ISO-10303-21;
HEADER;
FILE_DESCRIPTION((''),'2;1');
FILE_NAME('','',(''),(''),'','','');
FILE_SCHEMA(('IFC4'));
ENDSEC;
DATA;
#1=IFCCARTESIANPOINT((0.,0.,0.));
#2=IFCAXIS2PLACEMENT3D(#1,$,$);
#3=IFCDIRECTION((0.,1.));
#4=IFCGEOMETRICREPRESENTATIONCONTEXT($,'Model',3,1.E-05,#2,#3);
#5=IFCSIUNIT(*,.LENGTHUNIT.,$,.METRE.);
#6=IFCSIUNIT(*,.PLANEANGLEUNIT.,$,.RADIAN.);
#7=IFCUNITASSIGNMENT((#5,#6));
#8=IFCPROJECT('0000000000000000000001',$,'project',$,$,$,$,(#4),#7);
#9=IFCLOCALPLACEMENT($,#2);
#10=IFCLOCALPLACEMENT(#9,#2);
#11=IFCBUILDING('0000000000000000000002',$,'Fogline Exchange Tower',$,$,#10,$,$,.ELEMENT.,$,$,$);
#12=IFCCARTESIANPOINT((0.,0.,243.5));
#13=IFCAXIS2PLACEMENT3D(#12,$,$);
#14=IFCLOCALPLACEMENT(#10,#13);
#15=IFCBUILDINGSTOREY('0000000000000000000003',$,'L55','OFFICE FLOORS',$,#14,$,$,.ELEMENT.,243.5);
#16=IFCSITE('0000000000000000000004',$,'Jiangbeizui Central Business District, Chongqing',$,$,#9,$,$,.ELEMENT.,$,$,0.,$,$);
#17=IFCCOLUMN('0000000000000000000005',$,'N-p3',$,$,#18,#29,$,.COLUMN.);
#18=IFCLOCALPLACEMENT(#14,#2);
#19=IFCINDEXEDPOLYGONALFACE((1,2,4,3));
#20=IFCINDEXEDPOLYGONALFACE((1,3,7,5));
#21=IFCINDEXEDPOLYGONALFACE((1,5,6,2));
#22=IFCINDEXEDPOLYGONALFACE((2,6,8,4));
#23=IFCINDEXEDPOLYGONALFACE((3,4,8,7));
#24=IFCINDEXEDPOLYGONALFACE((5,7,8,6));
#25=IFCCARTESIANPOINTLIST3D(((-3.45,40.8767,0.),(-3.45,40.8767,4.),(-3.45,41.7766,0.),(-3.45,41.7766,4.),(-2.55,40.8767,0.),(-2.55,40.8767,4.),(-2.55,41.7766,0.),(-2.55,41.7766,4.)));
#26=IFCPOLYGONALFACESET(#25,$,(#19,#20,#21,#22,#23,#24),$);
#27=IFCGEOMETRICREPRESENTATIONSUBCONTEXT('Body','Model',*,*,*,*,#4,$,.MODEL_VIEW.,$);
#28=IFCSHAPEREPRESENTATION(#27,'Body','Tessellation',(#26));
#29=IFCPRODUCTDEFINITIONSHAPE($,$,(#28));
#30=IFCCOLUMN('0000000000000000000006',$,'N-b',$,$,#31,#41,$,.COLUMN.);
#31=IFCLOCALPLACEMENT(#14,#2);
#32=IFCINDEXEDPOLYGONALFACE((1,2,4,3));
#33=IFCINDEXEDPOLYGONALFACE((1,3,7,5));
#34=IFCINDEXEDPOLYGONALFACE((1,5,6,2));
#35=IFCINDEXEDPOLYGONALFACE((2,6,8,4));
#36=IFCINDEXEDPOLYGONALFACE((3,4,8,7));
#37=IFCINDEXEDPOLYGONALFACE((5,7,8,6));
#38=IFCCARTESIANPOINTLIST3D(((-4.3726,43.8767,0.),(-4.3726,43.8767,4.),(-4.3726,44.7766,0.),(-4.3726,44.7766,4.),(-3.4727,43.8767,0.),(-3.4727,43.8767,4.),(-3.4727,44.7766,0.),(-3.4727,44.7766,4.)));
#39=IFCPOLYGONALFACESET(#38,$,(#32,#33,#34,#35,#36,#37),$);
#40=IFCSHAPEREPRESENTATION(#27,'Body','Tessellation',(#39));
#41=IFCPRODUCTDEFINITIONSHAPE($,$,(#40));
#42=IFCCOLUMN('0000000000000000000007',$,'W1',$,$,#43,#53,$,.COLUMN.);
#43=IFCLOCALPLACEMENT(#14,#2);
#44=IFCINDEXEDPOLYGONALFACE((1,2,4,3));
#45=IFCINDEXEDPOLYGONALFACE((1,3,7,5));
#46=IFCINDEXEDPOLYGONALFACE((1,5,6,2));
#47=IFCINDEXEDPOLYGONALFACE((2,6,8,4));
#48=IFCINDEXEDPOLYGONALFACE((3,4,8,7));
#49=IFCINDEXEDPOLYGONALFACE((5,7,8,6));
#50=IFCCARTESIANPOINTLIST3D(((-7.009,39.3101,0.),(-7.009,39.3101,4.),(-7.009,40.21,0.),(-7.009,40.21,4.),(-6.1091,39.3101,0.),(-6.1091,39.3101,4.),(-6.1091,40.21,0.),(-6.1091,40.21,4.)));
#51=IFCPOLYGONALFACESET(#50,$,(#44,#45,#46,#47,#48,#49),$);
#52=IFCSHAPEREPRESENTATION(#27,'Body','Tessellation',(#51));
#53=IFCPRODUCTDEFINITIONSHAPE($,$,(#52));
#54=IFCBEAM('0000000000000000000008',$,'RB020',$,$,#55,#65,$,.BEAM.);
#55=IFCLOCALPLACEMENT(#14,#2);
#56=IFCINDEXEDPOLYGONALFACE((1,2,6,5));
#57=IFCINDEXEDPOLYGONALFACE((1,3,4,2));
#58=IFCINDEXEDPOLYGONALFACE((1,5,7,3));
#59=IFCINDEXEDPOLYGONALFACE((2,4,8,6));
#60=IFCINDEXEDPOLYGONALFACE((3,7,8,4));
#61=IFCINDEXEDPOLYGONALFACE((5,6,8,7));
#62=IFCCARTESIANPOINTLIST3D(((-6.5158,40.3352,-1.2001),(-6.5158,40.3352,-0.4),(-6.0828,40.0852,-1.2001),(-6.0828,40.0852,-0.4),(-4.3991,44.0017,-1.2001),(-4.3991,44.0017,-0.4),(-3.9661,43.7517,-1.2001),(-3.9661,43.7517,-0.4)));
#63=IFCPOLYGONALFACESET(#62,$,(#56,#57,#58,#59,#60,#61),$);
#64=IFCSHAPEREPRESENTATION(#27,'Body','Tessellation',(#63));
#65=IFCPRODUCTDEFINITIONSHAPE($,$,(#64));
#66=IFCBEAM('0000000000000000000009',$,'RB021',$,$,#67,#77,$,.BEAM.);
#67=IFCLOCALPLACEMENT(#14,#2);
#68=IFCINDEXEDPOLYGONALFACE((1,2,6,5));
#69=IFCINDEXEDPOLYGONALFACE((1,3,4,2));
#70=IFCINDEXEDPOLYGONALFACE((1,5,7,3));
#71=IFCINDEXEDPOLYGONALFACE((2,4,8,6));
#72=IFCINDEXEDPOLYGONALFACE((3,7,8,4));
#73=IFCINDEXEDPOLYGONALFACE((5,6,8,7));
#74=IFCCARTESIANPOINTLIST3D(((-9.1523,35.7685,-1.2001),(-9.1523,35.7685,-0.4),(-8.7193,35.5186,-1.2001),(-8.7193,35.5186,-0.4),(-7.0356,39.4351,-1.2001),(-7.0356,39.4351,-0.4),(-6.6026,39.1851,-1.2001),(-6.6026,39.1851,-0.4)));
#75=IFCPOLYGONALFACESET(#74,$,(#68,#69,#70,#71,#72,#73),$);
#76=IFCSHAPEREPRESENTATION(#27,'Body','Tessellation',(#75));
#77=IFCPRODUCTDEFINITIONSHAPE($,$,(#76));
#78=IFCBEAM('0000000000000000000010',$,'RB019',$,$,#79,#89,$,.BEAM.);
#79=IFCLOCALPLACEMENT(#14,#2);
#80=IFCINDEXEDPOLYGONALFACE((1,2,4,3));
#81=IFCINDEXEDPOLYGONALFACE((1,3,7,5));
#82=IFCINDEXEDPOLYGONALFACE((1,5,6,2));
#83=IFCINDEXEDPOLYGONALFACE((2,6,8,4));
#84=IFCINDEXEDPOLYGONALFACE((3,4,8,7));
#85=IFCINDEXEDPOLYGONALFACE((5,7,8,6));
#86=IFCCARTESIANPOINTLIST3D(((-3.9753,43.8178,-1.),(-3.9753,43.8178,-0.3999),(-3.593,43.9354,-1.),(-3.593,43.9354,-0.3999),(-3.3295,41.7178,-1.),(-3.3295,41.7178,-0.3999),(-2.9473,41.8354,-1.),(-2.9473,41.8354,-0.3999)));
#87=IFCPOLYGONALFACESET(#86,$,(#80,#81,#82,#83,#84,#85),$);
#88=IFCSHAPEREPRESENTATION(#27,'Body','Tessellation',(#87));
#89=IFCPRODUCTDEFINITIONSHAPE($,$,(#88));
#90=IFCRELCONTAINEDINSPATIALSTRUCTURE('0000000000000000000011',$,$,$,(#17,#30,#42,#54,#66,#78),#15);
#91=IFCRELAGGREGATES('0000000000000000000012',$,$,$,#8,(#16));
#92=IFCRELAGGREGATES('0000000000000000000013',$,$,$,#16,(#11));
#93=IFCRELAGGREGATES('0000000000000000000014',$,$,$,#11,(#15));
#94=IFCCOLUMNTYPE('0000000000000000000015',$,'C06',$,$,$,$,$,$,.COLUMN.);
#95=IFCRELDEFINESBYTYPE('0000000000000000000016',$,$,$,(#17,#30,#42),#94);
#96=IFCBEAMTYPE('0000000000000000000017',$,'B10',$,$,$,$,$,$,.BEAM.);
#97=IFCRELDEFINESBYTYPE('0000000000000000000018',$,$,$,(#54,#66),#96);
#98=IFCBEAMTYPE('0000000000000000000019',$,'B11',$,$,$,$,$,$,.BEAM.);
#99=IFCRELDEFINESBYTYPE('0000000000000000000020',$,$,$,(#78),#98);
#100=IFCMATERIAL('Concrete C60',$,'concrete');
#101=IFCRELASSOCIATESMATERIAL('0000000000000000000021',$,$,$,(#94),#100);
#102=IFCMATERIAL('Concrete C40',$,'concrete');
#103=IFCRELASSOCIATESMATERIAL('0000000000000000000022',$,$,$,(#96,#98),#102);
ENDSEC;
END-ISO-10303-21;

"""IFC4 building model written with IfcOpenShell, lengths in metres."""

from ifc_helpers import new_model, si_unit, direction, frame, origin, origin_2d, place, context, subcontext, project, spatial, rectangle, extrude, material, material_profile, profile_set, type_object, element, save


model = new_model("IFC4")

# Units and contexts
model_context = context("Model", 3, precision=1e-05, world=origin(), true_north=direction((0.0, 1.0)))
body_context = subcontext(model_context, "Body", "Model", "MODEL_VIEW")
ifc_project = project(units=[si_unit("LENGTHUNIT", "METRE"), si_unit("PLANEANGLEUNIT", "RADIAN")], contexts=[model_context])

# Site, building, storey
site_placement = place(None, origin())
site = spatial("IfcSite", under=ifc_project, at=site_placement, Name="Jiangbeizui Central Business District, Chongqing", CompositionType="ELEMENT", RefElevation=0.0)
building_placement = place(site_placement, origin())
building = spatial("IfcBuilding", under=site, at=building_placement, Name="Fogline Exchange Tower", CompositionType="ELEMENT")
storey_placement = place(building_placement, frame((0.0, 0.0, 243.5)))
storey = spatial("IfcBuildingStorey", under=building, at=storey_placement, Name="L55", Description="OFFICE FLOORS", CompositionType="ELEMENT", Elevation=243.5)

# Columns
ifc_material_1 = material(Name="Concrete C60", Category="concrete")
ifc_material_profile_1 = material_profile(ifc_material_1, rectangle(XDim=0.8999, YDim=0.8999, at=origin_2d()), Name="RC 900x900")
ifc_profile_set_1 = profile_set([ifc_material_profile_1], Name="Concrete C60")
column_type = type_object("IfcColumnType", Name="C06", PredefinedType="COLUMN", material=ifc_profile_set_1)
for number, where, z_axis, x_axis, name in (
    (1, (-3.0, 41.3267, 0.0), (0.0, 0.0, 1.0), (1.0, 0.0, 0.0), "N-p3"),
    (2, (-3.9226, 44.3267, 0.0), (0.0, 0.0, 1.0), (1.0, 0.0, 0.0), "N-b"),
    (3, (-6.5591, 39.76, 0.0), (0.0, 0.0, 1.0), (1.0, 0.0, 0.0), "W1"),
):
    element("IfcColumn", number, at=place(storey_placement, frame(where, z_axis=z_axis, x_axis=x_axis)), inside=storey, type_object=column_type, Name=name, PredefinedType="COLUMN", context=body_context, shape_type="SweptSolid", body=[
        extrude(rectangle(XDim=0.8999, YDim=0.8999, at=origin_2d()), origin(), (0.0, 0.0, 1.0), 4.0),
    ])

# Beams
ifc_material_2 = material(Name="Concrete C40", Category="concrete")
ifc_material_profile_2 = material_profile(ifc_material_2, rectangle(XDim=0.5, YDim=0.8, at=origin_2d()), Name="RC 500x800")
ifc_profile_set_2 = profile_set([ifc_material_profile_2], Name="Concrete C40")
beam_type_1 = type_object("IfcBeamType", Name="B10", PredefinedType="BEAM", material=ifc_profile_set_2)
for number, where, z_axis, x_axis, name in (
    (4, (-4.1826, 43.8767, -0.8), (-0.499972, -0.866042, 0.0), (0.866042, -0.499972, 0.0), "RB020"),
    (5, (-6.8191, 39.3101, -0.8), (-0.499972, -0.866042, 0.0), (0.866042, -0.499972, 0.0), "RB021"),
):
    element("IfcBeam", number, at=place(storey_placement, frame(where, z_axis=z_axis, x_axis=x_axis)), inside=storey, type_object=beam_type_1, Name=name, PredefinedType="BEAM", context=body_context, shape_type="SweptSolid", body=[
        extrude(rectangle(XDim=0.5, YDim=0.8, at=origin_2d()), origin(), (0.0, 0.0, 1.0), 4.2336),
    ])
ifc_material_profile_3 = material_profile(ifc_material_2, rectangle(XDim=0.3999, YDim=0.6001, at=origin_2d()), Name="RC 400x600")
ifc_profile_set_3 = profile_set([ifc_material_profile_3], Name="Concrete C40")
beam_type_2 = type_object("IfcBeamType", Name="B11", PredefinedType="BEAM", material=ifc_profile_set_3)
beam_placement = place(storey_placement, frame((-3.1384, 41.7766, -0.7), z_axis=(-0.293906, 0.955834, 0.0), x_axis=(-0.955834, -0.293906, 0.0)))
element("IfcBeam", 6, at=beam_placement, inside=storey, type_object=beam_type_2, Name="RB019", PredefinedType="BEAM", context=body_context, shape_type="SweptSolid", body=[
    extrude(rectangle(XDim=0.3999, YDim=0.6001, at=origin_2d()), origin(), (0.0, 0.0, 1.0), 2.197),
])

save(model, "model.ifc")
